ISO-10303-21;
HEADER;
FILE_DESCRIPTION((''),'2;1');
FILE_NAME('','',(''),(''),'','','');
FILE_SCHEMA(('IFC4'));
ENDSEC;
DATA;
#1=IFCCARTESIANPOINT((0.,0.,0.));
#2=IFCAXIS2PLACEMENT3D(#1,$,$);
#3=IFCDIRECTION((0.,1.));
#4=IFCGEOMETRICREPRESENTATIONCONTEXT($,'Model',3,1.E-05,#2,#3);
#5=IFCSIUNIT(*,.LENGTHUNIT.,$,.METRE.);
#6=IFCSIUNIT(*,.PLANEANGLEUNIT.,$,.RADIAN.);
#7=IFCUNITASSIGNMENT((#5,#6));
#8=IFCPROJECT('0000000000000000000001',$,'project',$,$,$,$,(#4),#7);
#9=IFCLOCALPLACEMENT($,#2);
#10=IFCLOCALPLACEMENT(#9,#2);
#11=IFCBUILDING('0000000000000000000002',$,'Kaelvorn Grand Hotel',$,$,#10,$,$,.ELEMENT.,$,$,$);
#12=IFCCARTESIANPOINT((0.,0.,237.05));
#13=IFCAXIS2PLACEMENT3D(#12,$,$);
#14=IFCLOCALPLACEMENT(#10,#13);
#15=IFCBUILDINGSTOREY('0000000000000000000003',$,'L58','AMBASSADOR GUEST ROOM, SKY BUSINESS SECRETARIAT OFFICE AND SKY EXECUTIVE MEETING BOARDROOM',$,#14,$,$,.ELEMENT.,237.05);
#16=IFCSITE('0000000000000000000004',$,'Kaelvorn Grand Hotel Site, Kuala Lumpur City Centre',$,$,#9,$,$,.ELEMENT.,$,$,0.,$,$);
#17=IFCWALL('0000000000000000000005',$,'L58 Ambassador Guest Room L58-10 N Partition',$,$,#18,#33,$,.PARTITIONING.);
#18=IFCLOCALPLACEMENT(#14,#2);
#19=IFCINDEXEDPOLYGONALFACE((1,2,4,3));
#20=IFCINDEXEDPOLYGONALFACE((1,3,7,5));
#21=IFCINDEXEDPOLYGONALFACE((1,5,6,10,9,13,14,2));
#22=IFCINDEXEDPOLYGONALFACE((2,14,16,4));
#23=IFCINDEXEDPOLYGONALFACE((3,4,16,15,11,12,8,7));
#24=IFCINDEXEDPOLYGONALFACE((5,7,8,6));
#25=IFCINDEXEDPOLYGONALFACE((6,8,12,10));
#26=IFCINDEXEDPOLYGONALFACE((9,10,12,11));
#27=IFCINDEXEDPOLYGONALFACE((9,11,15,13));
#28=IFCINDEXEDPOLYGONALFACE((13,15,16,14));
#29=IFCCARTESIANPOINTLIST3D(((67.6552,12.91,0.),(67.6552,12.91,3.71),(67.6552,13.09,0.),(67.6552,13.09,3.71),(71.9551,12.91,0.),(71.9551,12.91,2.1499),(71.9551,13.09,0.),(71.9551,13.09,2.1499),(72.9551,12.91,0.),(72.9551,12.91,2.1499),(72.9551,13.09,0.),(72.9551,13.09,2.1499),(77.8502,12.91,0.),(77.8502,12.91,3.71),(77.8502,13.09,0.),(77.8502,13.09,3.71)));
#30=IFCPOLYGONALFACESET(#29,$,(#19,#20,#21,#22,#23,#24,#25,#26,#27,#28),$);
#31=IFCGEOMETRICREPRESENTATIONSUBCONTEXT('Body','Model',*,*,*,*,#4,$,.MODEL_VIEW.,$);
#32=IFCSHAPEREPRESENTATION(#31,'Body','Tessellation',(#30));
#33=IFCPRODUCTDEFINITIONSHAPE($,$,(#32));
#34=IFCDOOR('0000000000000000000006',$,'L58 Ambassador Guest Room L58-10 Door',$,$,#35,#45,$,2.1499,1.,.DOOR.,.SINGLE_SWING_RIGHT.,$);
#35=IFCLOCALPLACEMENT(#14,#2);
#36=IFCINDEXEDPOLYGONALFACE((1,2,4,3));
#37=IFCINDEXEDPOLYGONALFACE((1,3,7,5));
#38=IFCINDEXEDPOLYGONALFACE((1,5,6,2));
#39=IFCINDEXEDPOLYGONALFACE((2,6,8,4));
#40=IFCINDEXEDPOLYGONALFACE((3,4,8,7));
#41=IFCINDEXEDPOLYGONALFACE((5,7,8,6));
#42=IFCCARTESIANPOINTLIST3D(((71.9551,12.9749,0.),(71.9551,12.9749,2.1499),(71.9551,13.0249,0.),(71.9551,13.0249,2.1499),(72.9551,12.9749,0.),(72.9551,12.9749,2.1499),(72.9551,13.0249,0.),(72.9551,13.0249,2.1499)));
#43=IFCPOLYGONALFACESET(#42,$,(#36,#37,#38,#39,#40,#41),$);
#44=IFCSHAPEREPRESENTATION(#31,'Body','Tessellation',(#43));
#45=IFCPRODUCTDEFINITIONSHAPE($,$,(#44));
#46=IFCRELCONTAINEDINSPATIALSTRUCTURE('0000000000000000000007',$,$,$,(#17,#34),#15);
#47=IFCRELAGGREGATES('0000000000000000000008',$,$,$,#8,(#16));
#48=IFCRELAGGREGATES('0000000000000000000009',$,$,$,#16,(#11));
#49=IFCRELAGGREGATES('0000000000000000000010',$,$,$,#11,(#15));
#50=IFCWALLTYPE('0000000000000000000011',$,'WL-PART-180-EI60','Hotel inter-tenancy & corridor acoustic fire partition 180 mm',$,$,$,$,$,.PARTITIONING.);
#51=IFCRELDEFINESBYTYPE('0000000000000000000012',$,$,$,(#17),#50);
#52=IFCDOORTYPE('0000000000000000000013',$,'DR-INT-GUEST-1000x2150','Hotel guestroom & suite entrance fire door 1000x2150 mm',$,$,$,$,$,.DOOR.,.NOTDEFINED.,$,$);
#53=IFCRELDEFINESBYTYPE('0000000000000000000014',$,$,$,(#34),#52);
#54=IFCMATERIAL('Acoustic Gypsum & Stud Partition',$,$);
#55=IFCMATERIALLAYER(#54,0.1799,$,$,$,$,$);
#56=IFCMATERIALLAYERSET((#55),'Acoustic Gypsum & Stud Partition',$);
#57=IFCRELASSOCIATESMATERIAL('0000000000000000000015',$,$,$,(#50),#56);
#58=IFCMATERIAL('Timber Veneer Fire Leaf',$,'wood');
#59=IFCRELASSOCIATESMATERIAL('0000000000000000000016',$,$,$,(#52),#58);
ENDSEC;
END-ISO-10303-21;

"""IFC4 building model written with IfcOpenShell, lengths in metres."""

from ifc_helpers import new_model, si_unit, direction, frame, frame_2d, origin, place, context, subcontext, project, spatial, rectangle, extrude, material, layer, layer_set, type_object, element, fill, save


model = new_model("IFC4")

# Units and contexts
model_context = context("Model", 3, precision=1e-05, world=origin(), true_north=direction((0.0, 1.0)))
body_context = subcontext(model_context, "Body", "Model", "MODEL_VIEW")
ifc_project = project(units=[si_unit("LENGTHUNIT", "METRE"), si_unit("PLANEANGLEUNIT", "RADIAN")], contexts=[model_context])

# Site, building, storey
site_placement = place(None, origin())
site = spatial("IfcSite", under=ifc_project, at=site_placement, Name="Kaelvorn Grand Hotel Site, Kuala Lumpur City Centre", CompositionType="ELEMENT", RefElevation=0.0)
building_placement = place(site_placement, origin())
building = spatial("IfcBuilding", under=site, at=building_placement, Name="Kaelvorn Grand Hotel", CompositionType="ELEMENT")
storey_placement = place(building_placement, frame((0.0, 0.0, 237.05)))
storey = spatial("IfcBuildingStorey", under=building, at=storey_placement, Name="L58", Description="AMBASSADOR GUEST ROOM, SKY BUSINESS SECRETARIAT OFFICE AND SKY EXECUTIVE MEETING BOARDROOM", CompositionType="ELEMENT", Elevation=237.05)

# Shared definitions
ifc_material_1 = material(Name="Acoustic Gypsum & Stud Partition")

# Wall, opening, door
ifc_material_2 = material(Name="Timber Veneer Fire Leaf", Category="wood")
ifc_layer_1 = layer(ifc_material_1, 0.1799)
ifc_layer_set_1 = layer_set([ifc_layer_1], Name="Acoustic Gypsum & Stud Partition")
wall_type_1 = type_object("IfcWallType", Name="WL-PART-180-EI60", Description="Hotel inter-tenancy & corridor acoustic fire partition 180 mm", PredefinedType="PARTITIONING", material=ifc_layer_set_1)
door_type_1 = type_object("IfcDoorType", Name="DR-INT-GUEST-1000x2150", Description="Hotel guestroom & suite entrance fire door 1000x2150 mm", OperationType="NOTDEFINED", PredefinedType="DOOR", material=ifc_material_2)
wall_1_placement = place(storey_placement, frame((67.655, 13.0, 0.0), z_axis=(0.0, 0.0, 1.0), x_axis=(1.0, 0.0, 0.0)))
wall_1 = element("IfcWall", 1, at=wall_1_placement, inside=storey, type_object=wall_type_1, Name="L58 Ambassador Guest Room L58-10 N Partition", PredefinedType="PARTITIONING", context=body_context, shape_type="SweptSolid", body=[
    extrude(rectangle(XDim=10.1951, YDim=0.1799, at=frame_2d((5.0977, 0.0))), origin(), (0.0, 0.0, 1.0), 3.71),
])
opening_1_placement = place(wall_1_placement, frame((4.3, 0.0, 0.0)))
opening_1 = element("IfcOpeningElement", 2, at=opening_1_placement, cuts=wall_1, PredefinedType="OPENING", context=body_context, shape_type="SweptSolid", body=[
    extrude(rectangle(XDim=1.0, YDim=2.1499, at=frame_2d((0.5, 1.075))), frame((0.0, 0.1001, 0.0), z_axis=(0.0, -1.0, 0.0), x_axis=(1.0, 0.0, 0.0)), (0.0, 0.0, 1.0), 0.2),
])
door_1_placement = place(opening_1_placement, origin())
door_1 = element("IfcDoor", 3, at=door_1_placement, inside=storey, type_object=door_type_1, Name="L58 Ambassador Guest Room L58-10 Door", OperationType="SINGLE_SWING_RIGHT", OverallHeight=2.1499, OverallWidth=1.0, PredefinedType="DOOR", context=body_context, shape_type="SweptSolid", body=[
    extrude(rectangle(XDim=1.0, YDim=2.1499, at=frame_2d((0.5, 1.075))), frame((0.0, 0.0249, 0.0), z_axis=(0.0, -1.0, 0.0), x_axis=(1.0, 0.0, 0.0)), (0.0, 0.0, 1.0), 0.05),
])
fill(opening_1, door_1)

save(model, "model.ifc")
